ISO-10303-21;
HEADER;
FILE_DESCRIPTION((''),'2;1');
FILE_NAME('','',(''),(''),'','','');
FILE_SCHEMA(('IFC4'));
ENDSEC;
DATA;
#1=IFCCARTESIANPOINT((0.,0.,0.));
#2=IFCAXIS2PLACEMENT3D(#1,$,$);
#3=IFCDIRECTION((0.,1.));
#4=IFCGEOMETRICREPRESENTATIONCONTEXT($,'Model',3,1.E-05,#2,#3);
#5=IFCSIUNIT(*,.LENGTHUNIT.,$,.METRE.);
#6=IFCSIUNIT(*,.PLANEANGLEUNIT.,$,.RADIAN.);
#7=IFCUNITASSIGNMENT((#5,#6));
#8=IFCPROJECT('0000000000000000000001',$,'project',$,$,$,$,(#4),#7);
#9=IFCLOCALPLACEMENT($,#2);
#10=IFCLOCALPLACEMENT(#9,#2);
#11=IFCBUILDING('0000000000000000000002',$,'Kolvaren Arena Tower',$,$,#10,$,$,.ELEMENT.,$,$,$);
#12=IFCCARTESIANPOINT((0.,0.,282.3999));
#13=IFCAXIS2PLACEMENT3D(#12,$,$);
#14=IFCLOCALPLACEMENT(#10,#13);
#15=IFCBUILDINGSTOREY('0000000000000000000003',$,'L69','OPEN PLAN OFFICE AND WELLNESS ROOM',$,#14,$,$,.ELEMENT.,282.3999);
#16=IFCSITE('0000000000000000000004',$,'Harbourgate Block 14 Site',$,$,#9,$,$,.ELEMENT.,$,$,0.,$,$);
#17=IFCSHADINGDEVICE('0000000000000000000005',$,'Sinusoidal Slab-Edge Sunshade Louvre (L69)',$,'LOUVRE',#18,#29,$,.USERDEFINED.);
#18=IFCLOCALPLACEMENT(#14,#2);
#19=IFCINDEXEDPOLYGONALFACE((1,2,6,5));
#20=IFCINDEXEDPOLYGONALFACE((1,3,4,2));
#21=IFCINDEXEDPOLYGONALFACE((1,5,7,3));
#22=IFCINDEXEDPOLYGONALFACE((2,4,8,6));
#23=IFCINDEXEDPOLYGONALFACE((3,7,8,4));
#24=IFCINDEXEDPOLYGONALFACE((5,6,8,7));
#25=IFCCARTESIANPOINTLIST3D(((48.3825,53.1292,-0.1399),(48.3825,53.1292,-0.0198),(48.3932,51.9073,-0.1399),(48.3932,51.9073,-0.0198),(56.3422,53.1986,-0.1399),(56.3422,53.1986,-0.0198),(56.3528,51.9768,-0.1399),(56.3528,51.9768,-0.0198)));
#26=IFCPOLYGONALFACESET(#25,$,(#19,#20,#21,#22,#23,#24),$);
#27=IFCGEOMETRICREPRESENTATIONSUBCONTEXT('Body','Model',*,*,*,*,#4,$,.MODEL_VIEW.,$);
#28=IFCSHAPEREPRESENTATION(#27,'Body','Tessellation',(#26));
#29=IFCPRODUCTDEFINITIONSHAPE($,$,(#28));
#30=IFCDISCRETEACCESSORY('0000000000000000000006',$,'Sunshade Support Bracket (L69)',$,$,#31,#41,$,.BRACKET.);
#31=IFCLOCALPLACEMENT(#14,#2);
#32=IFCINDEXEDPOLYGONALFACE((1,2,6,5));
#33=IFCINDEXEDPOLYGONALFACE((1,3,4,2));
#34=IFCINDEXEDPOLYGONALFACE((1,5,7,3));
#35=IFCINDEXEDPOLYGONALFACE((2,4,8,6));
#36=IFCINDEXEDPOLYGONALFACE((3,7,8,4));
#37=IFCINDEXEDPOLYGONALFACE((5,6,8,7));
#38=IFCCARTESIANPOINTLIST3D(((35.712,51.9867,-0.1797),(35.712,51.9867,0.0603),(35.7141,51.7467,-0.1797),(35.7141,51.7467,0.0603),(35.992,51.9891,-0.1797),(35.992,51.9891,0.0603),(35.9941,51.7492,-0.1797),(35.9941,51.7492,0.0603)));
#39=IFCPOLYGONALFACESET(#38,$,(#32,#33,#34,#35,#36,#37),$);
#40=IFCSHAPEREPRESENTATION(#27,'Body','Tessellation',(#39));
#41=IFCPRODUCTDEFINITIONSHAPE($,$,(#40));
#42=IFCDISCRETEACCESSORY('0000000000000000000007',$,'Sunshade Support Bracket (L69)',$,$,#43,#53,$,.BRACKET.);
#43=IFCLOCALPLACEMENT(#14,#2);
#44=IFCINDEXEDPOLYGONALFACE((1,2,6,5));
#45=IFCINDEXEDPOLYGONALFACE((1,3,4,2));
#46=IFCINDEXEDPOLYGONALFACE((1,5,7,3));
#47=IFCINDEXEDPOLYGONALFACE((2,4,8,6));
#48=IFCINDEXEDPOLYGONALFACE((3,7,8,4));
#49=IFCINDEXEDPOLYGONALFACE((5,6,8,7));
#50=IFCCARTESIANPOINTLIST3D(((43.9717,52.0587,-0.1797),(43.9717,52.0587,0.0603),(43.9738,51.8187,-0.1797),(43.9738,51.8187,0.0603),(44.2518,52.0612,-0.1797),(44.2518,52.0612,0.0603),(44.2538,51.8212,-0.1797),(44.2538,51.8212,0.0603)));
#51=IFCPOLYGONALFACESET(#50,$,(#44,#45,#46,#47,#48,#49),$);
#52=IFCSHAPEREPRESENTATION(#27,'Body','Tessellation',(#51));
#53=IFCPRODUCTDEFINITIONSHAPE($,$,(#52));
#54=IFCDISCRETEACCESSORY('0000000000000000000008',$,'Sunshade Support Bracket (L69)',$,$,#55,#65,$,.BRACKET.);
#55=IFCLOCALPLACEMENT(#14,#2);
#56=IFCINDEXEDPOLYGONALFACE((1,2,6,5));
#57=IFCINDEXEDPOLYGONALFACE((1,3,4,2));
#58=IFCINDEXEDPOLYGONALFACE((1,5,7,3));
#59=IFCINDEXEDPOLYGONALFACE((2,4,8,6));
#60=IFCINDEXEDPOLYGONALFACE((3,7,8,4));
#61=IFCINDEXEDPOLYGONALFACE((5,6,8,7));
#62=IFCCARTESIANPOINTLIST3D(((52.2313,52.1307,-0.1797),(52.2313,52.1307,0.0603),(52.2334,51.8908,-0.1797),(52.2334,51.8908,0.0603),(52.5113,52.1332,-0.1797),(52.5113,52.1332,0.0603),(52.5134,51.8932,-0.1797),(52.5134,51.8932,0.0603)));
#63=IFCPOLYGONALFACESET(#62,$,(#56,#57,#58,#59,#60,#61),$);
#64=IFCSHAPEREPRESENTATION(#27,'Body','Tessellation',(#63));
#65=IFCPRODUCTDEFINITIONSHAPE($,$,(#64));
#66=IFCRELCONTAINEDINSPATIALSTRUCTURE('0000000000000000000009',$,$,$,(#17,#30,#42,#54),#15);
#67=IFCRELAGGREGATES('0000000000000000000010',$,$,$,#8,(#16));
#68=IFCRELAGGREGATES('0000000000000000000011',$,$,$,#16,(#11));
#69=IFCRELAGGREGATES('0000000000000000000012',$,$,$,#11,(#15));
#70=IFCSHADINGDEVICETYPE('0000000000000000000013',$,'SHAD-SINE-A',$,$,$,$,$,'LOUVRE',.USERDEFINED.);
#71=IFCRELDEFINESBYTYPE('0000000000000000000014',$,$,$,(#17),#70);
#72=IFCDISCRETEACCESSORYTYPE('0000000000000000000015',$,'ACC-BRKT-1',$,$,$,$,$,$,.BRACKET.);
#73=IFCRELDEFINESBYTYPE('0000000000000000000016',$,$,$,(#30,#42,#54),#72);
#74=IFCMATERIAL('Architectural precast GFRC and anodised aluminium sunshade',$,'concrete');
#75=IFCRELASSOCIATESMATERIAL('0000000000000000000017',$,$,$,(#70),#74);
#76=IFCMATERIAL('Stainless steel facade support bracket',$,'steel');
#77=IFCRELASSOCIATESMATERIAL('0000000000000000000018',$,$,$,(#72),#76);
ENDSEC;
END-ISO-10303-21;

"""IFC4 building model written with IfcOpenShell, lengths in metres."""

from ifc_helpers import new_model, si_unit, direction, frame, origin, origin_2d, place, context, subcontext, project, spatial, rectangle, extrude, material, type_object, element, save


model = new_model("IFC4")

# Units and contexts
model_context = context("Model", 3, precision=1e-05, world=origin(), true_north=direction((0.0, 1.0)))
body_context = subcontext(model_context, "Body", "Model", "MODEL_VIEW")
ifc_project = project(units=[si_unit("LENGTHUNIT", "METRE"), si_unit("PLANEANGLEUNIT", "RADIAN")], contexts=[model_context])

# Site, building, storey
site_placement = place(None, origin())
site = spatial("IfcSite", under=ifc_project, at=site_placement, Name="Harbourgate Block 14 Site", CompositionType="ELEMENT", RefElevation=0.0)
building_placement = place(site_placement, origin())
building = spatial("IfcBuilding", under=site, at=building_placement, Name="Kolvaren Arena Tower", CompositionType="ELEMENT")
storey_placement = place(building_placement, frame((0.0, 0.0, 282.3999)))
storey = spatial("IfcBuildingStorey", under=building, at=storey_placement, Name="L69", Description="OPEN PLAN OFFICE AND WELLNESS ROOM", CompositionType="ELEMENT", Elevation=282.3999)

# Shading device
ifc_material_1 = material(Name="Architectural precast GFRC and anodised aluminium sunshade", Category="concrete")
shading_device_type = type_object("IfcShadingDeviceType", Name="SHAD-SINE-A", ElementType="LOUVRE", PredefinedType="USERDEFINED", material=ifc_material_1)
shading_device_1_placement = place(storey_placement, frame((52.3677, 52.553, -0.1399), z_axis=(0.0, 0.0, 1.0), x_axis=(0.999962, 0.008727, 0.0)))
element("IfcShadingDevice", 1, at=shading_device_1_placement, inside=storey, type_object=shading_device_type, Name="Sinusoidal Slab-Edge Sunshade Louvre (L69)", ObjectType="LOUVRE", PredefinedType="USERDEFINED", context=body_context, shape_type="SweptSolid", body=[
    extrude(rectangle(XDim=7.96, YDim=1.2219, at=origin_2d()), origin(), (0.0, 0.0, 1.0), 0.1201),
])

# Discrete accessories
ifc_material_2 = material(Name="Stainless steel facade support bracket", Category="steel")
discrete_accessory_type = type_object("IfcDiscreteAccessoryType", Name="ACC-BRKT-1", PredefinedType="BRACKET", material=ifc_material_2)
for number, where, z_axis, x_axis, name in (
    (2, (35.853, 51.8679, -0.1797), (0.0, 0.0, 1.0), (0.999962, 0.008727, 0.0), "Sunshade Support Bracket (L69)"),
    (3, (44.1128, 51.9399, -0.1797), (0.0, 0.0, 1.0), (0.999962, 0.008727, 0.0), "Sunshade Support Bracket (L69)"),
    (4, (52.3723, 52.012, -0.1797), (0.0, 0.0, 1.0), (0.999962, 0.008727, 0.0), "Sunshade Support Bracket (L69)"),
):
    element("IfcDiscreteAccessory", number, at=place(storey_placement, frame(where, z_axis=z_axis, x_axis=x_axis)), inside=storey, type_object=discrete_accessory_type, Name=name, PredefinedType="BRACKET", context=body_context, shape_type="SweptSolid", body=[
        extrude(rectangle(XDim=0.28, YDim=0.24, at=origin_2d()), origin(), (0.0, 0.0, 1.0), 0.24),
    ])

save(model, "model.ifc")
